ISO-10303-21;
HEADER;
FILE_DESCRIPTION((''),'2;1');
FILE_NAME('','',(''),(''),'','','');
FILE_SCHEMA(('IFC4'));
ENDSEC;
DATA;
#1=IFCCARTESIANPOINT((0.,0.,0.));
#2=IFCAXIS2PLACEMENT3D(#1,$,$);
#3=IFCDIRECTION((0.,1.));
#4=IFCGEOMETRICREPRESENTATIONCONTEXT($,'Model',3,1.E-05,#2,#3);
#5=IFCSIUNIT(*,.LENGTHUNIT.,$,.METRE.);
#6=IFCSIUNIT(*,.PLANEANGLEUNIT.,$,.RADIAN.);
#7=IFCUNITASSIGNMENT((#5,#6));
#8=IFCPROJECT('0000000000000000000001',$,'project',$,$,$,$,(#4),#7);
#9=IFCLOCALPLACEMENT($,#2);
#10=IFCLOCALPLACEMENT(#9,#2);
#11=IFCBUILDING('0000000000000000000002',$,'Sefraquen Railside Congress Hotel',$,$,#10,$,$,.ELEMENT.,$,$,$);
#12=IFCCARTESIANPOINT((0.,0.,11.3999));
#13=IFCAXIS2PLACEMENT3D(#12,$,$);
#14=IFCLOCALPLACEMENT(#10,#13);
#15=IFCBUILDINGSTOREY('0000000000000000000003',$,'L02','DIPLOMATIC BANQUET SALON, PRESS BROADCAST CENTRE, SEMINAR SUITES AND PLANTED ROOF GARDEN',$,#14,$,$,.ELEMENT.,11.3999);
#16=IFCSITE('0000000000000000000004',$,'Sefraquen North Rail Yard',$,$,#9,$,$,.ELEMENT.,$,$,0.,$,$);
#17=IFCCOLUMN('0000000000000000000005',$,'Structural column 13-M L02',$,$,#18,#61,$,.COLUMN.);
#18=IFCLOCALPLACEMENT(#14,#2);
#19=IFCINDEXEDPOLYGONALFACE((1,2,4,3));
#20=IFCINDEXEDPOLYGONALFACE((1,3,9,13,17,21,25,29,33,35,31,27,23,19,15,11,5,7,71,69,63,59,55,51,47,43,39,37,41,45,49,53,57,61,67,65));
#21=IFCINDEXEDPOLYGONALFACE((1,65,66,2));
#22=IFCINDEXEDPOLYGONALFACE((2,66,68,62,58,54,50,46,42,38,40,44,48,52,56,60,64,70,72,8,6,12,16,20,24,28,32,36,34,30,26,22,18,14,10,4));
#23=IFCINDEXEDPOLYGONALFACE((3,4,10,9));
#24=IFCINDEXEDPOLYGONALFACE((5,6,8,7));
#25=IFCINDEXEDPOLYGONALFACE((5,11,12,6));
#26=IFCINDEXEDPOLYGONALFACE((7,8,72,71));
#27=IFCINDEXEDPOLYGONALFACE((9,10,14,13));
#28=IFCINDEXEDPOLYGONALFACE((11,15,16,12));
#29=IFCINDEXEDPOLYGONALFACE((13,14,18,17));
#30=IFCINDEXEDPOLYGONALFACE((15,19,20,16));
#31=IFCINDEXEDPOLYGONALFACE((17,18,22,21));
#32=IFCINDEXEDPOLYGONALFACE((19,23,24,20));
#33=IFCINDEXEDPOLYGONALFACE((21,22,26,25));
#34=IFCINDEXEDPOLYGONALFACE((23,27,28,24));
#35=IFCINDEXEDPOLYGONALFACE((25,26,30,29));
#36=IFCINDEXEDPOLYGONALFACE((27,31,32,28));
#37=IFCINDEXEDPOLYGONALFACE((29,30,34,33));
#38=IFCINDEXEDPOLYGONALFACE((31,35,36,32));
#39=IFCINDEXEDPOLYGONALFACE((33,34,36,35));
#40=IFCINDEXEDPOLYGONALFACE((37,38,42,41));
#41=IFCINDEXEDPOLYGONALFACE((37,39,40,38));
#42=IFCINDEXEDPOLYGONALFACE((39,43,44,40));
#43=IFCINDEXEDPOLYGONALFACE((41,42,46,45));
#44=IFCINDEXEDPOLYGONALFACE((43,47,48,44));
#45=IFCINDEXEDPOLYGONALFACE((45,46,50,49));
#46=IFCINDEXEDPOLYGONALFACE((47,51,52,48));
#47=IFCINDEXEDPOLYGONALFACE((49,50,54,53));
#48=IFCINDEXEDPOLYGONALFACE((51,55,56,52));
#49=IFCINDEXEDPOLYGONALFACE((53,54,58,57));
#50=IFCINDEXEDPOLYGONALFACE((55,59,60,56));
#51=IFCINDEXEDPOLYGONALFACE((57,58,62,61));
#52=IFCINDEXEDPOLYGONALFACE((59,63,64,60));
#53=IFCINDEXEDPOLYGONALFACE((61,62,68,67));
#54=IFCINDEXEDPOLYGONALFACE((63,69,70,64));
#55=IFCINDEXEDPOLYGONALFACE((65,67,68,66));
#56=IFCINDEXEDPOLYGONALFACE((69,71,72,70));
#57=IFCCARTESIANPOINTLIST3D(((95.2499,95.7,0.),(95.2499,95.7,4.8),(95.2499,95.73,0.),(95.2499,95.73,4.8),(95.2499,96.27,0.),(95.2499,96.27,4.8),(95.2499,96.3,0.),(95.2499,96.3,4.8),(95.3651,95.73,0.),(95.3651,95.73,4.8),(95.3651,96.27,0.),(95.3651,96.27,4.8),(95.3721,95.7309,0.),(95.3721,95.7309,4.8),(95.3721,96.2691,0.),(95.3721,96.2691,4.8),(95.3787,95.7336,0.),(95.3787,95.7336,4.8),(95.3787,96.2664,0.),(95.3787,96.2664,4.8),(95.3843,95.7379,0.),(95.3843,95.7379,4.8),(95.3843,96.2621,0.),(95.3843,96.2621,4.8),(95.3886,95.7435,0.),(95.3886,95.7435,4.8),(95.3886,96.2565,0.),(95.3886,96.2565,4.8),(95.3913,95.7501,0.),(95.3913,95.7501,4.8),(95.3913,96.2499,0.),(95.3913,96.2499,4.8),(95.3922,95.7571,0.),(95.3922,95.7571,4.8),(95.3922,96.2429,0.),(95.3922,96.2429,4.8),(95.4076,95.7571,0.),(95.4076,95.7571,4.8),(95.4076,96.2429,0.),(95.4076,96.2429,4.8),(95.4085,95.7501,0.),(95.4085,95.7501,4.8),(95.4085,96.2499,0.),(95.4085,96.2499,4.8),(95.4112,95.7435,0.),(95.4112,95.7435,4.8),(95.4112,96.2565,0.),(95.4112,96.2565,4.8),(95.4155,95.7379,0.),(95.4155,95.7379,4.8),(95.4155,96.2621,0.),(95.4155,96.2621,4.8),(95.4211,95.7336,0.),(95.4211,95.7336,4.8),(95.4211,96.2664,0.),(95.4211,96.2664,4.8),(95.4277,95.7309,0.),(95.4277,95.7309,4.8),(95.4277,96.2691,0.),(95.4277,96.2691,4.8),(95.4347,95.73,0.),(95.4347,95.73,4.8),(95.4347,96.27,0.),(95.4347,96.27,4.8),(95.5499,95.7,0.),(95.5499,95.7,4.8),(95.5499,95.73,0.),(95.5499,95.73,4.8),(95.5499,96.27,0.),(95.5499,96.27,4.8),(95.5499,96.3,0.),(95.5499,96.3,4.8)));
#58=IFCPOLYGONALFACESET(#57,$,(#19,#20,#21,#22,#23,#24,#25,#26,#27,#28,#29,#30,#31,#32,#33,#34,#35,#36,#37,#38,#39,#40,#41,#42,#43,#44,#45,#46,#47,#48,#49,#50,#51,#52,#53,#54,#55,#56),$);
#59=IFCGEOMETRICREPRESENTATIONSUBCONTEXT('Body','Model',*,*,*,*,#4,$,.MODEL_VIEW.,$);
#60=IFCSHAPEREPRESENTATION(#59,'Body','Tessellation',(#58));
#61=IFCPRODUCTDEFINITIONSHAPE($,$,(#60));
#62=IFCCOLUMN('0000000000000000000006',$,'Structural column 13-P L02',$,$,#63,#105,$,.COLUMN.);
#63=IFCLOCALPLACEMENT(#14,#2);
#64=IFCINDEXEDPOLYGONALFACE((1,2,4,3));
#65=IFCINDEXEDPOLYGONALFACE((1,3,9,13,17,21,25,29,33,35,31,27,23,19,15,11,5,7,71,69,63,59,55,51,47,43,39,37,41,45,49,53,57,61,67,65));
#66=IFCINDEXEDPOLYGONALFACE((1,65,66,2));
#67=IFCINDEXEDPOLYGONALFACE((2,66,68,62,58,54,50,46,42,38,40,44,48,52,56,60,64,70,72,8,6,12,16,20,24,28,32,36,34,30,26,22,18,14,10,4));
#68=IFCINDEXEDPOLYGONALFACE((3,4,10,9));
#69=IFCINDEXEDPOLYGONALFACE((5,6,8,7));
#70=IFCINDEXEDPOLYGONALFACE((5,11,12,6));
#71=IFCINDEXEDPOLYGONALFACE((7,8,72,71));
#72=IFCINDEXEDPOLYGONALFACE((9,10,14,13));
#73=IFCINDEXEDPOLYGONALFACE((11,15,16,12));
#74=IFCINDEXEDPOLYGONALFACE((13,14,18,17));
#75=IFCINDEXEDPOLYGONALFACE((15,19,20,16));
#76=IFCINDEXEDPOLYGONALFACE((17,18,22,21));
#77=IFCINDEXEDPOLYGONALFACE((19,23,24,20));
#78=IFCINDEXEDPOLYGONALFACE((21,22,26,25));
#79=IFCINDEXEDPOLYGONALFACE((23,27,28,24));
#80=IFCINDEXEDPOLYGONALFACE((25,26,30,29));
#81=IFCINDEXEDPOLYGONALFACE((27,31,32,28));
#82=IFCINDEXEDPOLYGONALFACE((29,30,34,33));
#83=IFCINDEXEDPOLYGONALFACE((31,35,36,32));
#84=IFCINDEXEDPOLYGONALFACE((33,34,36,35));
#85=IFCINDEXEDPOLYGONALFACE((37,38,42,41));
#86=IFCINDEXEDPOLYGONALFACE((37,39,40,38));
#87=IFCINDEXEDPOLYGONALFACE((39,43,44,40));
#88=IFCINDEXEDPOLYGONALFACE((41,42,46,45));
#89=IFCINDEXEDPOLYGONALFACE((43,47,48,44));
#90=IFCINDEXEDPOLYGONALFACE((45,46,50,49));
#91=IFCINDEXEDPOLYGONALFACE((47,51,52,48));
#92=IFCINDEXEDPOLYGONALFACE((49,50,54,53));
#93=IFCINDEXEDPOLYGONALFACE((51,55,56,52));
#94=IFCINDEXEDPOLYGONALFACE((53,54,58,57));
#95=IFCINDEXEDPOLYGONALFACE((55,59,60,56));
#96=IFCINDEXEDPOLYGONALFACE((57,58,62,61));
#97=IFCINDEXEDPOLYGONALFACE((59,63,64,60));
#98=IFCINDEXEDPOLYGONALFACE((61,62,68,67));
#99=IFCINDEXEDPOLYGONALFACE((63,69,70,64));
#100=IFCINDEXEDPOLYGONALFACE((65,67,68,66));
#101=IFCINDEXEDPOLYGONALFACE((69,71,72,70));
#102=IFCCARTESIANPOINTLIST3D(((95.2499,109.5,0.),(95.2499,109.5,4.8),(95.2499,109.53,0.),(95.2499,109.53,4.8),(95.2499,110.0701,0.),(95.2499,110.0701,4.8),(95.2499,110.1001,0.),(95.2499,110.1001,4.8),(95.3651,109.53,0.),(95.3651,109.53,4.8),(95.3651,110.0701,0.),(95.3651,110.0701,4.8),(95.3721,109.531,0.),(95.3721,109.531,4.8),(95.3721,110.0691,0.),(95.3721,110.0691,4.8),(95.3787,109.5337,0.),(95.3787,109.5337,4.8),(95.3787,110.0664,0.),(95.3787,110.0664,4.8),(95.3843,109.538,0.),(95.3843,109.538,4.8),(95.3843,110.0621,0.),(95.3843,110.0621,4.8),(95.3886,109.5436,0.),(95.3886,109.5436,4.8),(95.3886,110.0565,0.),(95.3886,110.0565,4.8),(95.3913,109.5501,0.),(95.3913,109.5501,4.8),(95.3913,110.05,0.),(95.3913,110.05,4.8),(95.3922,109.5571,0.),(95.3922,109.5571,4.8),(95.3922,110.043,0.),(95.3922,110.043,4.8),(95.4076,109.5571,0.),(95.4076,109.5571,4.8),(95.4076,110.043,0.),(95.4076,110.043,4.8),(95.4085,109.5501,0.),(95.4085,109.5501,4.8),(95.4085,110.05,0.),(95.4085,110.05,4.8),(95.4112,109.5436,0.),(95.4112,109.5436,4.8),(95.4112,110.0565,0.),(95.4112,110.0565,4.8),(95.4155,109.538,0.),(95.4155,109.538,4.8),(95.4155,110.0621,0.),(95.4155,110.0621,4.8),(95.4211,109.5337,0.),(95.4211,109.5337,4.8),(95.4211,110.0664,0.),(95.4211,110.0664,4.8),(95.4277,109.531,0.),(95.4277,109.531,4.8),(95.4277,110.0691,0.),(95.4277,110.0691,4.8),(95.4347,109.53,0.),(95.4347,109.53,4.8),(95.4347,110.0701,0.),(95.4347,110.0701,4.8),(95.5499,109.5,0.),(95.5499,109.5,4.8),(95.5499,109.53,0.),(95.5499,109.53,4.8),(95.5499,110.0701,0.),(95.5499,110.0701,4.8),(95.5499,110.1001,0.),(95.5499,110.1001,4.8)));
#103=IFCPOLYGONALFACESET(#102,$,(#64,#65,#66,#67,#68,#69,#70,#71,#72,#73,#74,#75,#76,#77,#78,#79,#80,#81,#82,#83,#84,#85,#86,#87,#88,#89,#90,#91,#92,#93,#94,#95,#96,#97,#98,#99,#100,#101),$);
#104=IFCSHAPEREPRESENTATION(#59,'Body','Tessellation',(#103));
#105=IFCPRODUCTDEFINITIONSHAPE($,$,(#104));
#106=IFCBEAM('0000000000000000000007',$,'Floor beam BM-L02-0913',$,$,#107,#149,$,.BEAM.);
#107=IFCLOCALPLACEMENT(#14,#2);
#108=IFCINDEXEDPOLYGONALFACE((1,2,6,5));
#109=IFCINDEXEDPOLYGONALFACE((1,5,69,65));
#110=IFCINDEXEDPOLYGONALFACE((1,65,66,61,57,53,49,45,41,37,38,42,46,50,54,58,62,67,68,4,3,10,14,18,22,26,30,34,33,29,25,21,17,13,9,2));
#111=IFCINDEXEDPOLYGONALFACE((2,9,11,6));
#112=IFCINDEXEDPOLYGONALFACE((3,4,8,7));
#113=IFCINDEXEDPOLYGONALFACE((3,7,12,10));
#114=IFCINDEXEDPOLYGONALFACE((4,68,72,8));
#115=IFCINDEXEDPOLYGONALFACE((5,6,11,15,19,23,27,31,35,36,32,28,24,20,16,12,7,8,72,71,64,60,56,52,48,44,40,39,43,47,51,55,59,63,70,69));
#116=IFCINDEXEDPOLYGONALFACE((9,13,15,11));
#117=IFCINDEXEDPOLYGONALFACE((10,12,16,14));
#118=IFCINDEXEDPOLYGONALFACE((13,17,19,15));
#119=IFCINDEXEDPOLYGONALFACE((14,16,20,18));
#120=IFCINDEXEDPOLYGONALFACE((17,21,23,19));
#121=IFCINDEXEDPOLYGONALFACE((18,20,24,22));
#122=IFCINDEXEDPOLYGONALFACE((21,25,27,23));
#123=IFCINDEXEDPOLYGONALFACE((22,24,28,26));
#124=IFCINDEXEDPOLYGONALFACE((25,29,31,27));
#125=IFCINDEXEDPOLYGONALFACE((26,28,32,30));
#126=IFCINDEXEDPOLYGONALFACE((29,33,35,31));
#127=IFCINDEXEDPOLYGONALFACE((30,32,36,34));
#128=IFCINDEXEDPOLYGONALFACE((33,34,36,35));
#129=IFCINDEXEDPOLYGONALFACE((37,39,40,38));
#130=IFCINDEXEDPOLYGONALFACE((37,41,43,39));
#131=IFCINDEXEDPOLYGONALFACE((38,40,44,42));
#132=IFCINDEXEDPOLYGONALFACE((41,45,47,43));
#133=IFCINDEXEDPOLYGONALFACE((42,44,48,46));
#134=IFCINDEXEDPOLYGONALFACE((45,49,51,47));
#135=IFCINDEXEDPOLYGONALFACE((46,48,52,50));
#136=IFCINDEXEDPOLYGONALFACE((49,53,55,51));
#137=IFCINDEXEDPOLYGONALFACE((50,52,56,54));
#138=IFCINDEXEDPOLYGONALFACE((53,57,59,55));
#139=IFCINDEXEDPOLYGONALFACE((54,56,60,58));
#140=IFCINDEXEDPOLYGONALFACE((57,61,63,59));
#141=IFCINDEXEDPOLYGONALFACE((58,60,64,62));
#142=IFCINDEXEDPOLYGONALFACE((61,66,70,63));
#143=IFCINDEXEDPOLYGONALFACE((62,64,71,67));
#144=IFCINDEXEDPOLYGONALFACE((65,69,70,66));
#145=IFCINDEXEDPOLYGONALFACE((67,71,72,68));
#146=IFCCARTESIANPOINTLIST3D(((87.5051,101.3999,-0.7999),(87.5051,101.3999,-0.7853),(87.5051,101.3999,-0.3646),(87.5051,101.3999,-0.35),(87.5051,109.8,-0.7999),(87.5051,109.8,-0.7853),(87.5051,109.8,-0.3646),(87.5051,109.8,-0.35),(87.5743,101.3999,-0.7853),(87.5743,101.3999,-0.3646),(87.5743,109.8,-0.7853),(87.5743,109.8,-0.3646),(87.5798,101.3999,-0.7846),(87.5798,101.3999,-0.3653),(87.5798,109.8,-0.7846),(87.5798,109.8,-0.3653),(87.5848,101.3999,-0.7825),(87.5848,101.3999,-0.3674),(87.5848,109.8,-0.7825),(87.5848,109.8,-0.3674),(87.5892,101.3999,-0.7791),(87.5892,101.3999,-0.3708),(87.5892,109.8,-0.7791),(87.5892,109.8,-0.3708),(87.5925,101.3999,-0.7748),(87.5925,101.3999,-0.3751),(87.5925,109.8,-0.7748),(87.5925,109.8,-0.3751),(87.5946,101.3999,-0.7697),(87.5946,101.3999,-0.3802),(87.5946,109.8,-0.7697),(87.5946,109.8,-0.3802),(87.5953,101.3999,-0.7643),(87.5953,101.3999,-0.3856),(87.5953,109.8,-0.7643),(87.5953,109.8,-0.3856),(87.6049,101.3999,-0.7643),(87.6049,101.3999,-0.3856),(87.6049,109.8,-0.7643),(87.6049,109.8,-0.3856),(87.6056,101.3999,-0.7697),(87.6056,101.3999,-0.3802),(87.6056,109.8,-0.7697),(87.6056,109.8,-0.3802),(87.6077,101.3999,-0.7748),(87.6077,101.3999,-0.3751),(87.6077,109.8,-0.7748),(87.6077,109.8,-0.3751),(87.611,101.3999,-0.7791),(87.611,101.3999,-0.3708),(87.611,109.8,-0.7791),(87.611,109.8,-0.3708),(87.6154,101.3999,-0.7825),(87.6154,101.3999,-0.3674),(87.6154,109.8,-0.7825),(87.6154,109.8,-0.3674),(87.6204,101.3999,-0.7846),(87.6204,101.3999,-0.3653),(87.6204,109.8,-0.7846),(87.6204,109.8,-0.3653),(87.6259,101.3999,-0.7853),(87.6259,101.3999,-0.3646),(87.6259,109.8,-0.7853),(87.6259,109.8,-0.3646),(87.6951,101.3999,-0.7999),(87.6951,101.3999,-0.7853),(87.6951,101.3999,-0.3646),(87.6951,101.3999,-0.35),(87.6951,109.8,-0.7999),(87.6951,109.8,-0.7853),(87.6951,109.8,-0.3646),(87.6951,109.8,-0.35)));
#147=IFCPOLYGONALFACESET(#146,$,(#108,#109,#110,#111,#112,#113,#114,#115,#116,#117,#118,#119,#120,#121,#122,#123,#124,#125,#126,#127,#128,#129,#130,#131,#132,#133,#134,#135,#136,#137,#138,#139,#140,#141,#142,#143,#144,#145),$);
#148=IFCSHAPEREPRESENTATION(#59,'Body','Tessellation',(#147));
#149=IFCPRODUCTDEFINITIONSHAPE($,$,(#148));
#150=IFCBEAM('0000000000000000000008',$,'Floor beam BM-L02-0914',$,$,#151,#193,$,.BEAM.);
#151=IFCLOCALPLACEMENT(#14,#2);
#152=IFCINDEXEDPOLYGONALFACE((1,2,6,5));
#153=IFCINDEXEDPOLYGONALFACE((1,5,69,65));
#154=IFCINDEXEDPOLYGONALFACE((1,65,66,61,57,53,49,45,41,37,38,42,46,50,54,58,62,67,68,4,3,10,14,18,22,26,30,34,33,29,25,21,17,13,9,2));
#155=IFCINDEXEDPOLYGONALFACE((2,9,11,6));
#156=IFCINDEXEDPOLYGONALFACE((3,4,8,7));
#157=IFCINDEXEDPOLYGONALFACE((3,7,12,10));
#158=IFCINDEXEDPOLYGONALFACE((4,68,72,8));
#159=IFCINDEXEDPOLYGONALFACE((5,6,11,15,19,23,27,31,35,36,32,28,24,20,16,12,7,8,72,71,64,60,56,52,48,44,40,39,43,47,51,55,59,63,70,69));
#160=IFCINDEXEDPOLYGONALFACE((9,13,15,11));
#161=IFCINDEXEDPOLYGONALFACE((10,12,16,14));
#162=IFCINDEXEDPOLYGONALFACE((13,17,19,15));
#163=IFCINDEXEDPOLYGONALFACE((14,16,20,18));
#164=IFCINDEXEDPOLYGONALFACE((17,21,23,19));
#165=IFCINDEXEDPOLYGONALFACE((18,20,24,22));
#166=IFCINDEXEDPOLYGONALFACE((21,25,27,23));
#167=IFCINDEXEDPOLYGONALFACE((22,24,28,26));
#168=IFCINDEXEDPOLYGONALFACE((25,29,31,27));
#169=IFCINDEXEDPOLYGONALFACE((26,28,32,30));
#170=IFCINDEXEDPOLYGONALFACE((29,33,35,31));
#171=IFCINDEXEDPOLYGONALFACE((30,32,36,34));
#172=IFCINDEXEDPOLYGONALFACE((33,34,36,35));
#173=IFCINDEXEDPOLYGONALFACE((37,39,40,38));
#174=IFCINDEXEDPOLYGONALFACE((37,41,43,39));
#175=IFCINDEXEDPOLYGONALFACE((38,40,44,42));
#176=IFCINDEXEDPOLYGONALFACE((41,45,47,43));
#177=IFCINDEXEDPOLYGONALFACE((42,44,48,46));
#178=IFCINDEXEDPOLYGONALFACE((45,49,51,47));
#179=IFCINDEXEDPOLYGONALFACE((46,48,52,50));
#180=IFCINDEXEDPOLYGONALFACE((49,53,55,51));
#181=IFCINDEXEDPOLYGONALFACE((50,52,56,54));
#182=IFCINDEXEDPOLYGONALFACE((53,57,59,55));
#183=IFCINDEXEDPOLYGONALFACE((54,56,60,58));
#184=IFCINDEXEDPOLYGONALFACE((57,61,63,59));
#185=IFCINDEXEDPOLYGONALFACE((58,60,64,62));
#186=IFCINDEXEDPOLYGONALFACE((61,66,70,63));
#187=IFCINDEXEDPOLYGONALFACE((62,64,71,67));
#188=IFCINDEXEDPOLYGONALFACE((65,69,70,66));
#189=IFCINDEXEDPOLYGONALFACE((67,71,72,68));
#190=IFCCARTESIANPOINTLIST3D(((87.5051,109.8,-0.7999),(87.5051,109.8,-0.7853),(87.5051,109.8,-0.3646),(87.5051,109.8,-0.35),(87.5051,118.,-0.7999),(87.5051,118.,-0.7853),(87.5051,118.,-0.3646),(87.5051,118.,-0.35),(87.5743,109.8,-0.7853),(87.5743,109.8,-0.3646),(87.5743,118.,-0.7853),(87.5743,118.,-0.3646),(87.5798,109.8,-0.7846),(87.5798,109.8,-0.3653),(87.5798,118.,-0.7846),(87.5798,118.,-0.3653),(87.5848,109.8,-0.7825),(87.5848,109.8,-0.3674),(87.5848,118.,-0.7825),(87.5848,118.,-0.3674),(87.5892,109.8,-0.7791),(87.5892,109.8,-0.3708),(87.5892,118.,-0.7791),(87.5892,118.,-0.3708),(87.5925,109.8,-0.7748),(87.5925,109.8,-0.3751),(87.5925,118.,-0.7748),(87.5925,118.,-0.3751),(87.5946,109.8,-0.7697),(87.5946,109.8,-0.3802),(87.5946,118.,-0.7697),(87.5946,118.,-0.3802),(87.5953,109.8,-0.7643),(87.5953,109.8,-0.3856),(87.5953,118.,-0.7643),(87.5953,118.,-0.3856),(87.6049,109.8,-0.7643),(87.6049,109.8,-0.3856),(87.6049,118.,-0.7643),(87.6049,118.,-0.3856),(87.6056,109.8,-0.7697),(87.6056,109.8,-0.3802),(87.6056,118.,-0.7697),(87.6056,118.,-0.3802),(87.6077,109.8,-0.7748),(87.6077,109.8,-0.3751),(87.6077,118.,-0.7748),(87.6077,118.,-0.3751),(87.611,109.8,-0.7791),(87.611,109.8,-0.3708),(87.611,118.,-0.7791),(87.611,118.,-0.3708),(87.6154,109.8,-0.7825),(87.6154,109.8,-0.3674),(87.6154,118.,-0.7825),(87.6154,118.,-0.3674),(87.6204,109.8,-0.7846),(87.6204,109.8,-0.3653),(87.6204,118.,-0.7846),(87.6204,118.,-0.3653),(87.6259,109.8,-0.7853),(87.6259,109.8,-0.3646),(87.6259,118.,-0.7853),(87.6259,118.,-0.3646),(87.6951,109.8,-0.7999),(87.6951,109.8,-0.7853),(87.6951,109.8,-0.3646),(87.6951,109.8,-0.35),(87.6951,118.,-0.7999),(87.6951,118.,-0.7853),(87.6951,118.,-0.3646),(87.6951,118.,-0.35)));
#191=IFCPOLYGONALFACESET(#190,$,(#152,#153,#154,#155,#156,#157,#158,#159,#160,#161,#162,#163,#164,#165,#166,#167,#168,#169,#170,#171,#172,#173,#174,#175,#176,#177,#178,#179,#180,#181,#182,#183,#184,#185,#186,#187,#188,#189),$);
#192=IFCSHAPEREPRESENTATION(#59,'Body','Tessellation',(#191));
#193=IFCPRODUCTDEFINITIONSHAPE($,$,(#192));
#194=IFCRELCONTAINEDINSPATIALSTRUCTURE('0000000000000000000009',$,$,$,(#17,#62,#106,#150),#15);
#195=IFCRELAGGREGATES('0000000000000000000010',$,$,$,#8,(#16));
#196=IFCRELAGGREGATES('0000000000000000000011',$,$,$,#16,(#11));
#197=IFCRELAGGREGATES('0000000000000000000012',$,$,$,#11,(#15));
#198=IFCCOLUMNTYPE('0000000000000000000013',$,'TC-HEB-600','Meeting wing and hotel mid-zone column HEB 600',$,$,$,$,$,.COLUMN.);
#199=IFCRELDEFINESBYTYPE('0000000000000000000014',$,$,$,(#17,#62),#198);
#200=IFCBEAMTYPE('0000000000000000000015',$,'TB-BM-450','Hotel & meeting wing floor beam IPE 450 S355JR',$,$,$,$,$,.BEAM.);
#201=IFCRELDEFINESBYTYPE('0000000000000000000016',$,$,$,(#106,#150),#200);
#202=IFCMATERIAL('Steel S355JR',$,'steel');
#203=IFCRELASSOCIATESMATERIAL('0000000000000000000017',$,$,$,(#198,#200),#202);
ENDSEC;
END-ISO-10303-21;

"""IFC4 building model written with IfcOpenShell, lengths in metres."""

from ifc_helpers import new_model, si_unit, direction, frame, origin, origin_2d, place, context, subcontext, project, spatial, i_section, extrude, material, material_profile, profile_set, type_object, element, save


model = new_model("IFC4")

# Units and contexts
model_context = context("Model", 3, precision=1e-05, world=origin(), true_north=direction((0.0, 1.0)))
body_context = subcontext(model_context, "Body", "Model", "MODEL_VIEW")
ifc_project = project(units=[si_unit("LENGTHUNIT", "METRE"), si_unit("PLANEANGLEUNIT", "RADIAN")], contexts=[model_context])

# Site, building, storey
site_placement = place(None, origin())
site = spatial("IfcSite", under=ifc_project, at=site_placement, Name="Sefraquen North Rail Yard", CompositionType="ELEMENT", RefElevation=0.0)
building_placement = place(site_placement, origin())
building = spatial("IfcBuilding", under=site, at=building_placement, Name="Sefraquen Railside Congress Hotel", CompositionType="ELEMENT")
storey_placement = place(building_placement, frame((0.0, 0.0, 11.3999)))
storey = spatial("IfcBuildingStorey", under=building, at=storey_placement, Name="L02", Description="DIPLOMATIC BANQUET SALON, PRESS BROADCAST CENTRE, SEMINAR SUITES AND PLANTED ROOF GARDEN", CompositionType="ELEMENT", Elevation=11.3999)

# Columns
ifc_material_1 = material(Name="Steel S355JR", Category="steel")
ifc_material_profile_1 = material_profile(ifc_material_1, i_section(OverallWidth=0.3, OverallDepth=0.6001, WebThickness=0.0154, FlangeThickness=0.03, FilletRadius=0.0271, at=origin_2d()), Name="HEB 600")
ifc_profile_set_1 = profile_set([ifc_material_profile_1], Name="Steel S355JR")
column_type_1 = type_object("IfcColumnType", Name="TC-HEB-600", Description="Meeting wing and hotel mid-zone column HEB 600", PredefinedType="COLUMN", material=ifc_profile_set_1)
for number, where, z_axis, x_axis, name in (
    (1, (95.3999, 96.0, 0.0), (0.0, 0.0, 1.0), (1.0, 0.0, 0.0), "Structural column 13-M L02"),
    (2, (95.3999, 109.8, 0.0), (0.0, 0.0, 1.0), (1.0, 0.0, 0.0), "Structural column 13-P L02"),
):
    element("IfcColumn", number, at=place(storey_placement, frame(where, z_axis=z_axis, x_axis=x_axis)), inside=storey, type_object=column_type_1, Name=name, PredefinedType="COLUMN", context=body_context, shape_type="SweptSolid", body=[
        extrude(i_section(OverallWidth=0.3, OverallDepth=0.6001, WebThickness=0.0154, FlangeThickness=0.03, FilletRadius=0.0271, at=origin_2d()), origin(), (0.0, 0.0, 1.0), 4.8),
    ])

# Beams
ifc_material_profile_2 = material_profile(ifc_material_1, i_section(OverallWidth=0.1899, OverallDepth=0.45, WebThickness=0.0095, FlangeThickness=0.0146, FilletRadius=0.021, at=origin_2d()), Name="IPE 450")
ifc_profile_set_2 = profile_set([ifc_material_profile_2], Name="Steel S355JR")
beam_type_1 = type_object("IfcBeamType", Name="TB-BM-450", Description="Hotel & meeting wing floor beam IPE 450 S355JR", PredefinedType="BEAM", material=ifc_profile_set_2)
beam_1_placement = place(storey_placement, frame((87.6001, 101.3999, -0.575), z_axis=(0.0, 1.0, 0.0), x_axis=(-1.0, 0.0, 0.0)))
element("IfcBeam", 3, at=beam_1_placement, inside=storey, type_object=beam_type_1, Name="Floor beam BM-L02-0913", PredefinedType="BEAM", context=body_context, shape_type="SweptSolid", body=[
    extrude(i_section(OverallWidth=0.1899, OverallDepth=0.45, WebThickness=0.0095, FlangeThickness=0.0146, FilletRadius=0.021, at=origin_2d()), origin(), (0.0, 0.0, 1.0), 8.4001),
])
beam_2_placement = place(storey_placement, frame((87.6001, 109.8, -0.575), z_axis=(0.0, 1.0, 0.0), x_axis=(-1.0, 0.0, 0.0)))
element("IfcBeam", 4, at=beam_2_placement, inside=storey, type_object=beam_type_1, Name="Floor beam BM-L02-0914", PredefinedType="BEAM", context=body_context, shape_type="SweptSolid", body=[
    extrude(i_section(OverallWidth=0.1899, OverallDepth=0.45, WebThickness=0.0095, FlangeThickness=0.0146, FilletRadius=0.021, at=origin_2d()), origin(), (0.0, 0.0, 1.0), 8.2),
])

save(model, "model.ifc")
